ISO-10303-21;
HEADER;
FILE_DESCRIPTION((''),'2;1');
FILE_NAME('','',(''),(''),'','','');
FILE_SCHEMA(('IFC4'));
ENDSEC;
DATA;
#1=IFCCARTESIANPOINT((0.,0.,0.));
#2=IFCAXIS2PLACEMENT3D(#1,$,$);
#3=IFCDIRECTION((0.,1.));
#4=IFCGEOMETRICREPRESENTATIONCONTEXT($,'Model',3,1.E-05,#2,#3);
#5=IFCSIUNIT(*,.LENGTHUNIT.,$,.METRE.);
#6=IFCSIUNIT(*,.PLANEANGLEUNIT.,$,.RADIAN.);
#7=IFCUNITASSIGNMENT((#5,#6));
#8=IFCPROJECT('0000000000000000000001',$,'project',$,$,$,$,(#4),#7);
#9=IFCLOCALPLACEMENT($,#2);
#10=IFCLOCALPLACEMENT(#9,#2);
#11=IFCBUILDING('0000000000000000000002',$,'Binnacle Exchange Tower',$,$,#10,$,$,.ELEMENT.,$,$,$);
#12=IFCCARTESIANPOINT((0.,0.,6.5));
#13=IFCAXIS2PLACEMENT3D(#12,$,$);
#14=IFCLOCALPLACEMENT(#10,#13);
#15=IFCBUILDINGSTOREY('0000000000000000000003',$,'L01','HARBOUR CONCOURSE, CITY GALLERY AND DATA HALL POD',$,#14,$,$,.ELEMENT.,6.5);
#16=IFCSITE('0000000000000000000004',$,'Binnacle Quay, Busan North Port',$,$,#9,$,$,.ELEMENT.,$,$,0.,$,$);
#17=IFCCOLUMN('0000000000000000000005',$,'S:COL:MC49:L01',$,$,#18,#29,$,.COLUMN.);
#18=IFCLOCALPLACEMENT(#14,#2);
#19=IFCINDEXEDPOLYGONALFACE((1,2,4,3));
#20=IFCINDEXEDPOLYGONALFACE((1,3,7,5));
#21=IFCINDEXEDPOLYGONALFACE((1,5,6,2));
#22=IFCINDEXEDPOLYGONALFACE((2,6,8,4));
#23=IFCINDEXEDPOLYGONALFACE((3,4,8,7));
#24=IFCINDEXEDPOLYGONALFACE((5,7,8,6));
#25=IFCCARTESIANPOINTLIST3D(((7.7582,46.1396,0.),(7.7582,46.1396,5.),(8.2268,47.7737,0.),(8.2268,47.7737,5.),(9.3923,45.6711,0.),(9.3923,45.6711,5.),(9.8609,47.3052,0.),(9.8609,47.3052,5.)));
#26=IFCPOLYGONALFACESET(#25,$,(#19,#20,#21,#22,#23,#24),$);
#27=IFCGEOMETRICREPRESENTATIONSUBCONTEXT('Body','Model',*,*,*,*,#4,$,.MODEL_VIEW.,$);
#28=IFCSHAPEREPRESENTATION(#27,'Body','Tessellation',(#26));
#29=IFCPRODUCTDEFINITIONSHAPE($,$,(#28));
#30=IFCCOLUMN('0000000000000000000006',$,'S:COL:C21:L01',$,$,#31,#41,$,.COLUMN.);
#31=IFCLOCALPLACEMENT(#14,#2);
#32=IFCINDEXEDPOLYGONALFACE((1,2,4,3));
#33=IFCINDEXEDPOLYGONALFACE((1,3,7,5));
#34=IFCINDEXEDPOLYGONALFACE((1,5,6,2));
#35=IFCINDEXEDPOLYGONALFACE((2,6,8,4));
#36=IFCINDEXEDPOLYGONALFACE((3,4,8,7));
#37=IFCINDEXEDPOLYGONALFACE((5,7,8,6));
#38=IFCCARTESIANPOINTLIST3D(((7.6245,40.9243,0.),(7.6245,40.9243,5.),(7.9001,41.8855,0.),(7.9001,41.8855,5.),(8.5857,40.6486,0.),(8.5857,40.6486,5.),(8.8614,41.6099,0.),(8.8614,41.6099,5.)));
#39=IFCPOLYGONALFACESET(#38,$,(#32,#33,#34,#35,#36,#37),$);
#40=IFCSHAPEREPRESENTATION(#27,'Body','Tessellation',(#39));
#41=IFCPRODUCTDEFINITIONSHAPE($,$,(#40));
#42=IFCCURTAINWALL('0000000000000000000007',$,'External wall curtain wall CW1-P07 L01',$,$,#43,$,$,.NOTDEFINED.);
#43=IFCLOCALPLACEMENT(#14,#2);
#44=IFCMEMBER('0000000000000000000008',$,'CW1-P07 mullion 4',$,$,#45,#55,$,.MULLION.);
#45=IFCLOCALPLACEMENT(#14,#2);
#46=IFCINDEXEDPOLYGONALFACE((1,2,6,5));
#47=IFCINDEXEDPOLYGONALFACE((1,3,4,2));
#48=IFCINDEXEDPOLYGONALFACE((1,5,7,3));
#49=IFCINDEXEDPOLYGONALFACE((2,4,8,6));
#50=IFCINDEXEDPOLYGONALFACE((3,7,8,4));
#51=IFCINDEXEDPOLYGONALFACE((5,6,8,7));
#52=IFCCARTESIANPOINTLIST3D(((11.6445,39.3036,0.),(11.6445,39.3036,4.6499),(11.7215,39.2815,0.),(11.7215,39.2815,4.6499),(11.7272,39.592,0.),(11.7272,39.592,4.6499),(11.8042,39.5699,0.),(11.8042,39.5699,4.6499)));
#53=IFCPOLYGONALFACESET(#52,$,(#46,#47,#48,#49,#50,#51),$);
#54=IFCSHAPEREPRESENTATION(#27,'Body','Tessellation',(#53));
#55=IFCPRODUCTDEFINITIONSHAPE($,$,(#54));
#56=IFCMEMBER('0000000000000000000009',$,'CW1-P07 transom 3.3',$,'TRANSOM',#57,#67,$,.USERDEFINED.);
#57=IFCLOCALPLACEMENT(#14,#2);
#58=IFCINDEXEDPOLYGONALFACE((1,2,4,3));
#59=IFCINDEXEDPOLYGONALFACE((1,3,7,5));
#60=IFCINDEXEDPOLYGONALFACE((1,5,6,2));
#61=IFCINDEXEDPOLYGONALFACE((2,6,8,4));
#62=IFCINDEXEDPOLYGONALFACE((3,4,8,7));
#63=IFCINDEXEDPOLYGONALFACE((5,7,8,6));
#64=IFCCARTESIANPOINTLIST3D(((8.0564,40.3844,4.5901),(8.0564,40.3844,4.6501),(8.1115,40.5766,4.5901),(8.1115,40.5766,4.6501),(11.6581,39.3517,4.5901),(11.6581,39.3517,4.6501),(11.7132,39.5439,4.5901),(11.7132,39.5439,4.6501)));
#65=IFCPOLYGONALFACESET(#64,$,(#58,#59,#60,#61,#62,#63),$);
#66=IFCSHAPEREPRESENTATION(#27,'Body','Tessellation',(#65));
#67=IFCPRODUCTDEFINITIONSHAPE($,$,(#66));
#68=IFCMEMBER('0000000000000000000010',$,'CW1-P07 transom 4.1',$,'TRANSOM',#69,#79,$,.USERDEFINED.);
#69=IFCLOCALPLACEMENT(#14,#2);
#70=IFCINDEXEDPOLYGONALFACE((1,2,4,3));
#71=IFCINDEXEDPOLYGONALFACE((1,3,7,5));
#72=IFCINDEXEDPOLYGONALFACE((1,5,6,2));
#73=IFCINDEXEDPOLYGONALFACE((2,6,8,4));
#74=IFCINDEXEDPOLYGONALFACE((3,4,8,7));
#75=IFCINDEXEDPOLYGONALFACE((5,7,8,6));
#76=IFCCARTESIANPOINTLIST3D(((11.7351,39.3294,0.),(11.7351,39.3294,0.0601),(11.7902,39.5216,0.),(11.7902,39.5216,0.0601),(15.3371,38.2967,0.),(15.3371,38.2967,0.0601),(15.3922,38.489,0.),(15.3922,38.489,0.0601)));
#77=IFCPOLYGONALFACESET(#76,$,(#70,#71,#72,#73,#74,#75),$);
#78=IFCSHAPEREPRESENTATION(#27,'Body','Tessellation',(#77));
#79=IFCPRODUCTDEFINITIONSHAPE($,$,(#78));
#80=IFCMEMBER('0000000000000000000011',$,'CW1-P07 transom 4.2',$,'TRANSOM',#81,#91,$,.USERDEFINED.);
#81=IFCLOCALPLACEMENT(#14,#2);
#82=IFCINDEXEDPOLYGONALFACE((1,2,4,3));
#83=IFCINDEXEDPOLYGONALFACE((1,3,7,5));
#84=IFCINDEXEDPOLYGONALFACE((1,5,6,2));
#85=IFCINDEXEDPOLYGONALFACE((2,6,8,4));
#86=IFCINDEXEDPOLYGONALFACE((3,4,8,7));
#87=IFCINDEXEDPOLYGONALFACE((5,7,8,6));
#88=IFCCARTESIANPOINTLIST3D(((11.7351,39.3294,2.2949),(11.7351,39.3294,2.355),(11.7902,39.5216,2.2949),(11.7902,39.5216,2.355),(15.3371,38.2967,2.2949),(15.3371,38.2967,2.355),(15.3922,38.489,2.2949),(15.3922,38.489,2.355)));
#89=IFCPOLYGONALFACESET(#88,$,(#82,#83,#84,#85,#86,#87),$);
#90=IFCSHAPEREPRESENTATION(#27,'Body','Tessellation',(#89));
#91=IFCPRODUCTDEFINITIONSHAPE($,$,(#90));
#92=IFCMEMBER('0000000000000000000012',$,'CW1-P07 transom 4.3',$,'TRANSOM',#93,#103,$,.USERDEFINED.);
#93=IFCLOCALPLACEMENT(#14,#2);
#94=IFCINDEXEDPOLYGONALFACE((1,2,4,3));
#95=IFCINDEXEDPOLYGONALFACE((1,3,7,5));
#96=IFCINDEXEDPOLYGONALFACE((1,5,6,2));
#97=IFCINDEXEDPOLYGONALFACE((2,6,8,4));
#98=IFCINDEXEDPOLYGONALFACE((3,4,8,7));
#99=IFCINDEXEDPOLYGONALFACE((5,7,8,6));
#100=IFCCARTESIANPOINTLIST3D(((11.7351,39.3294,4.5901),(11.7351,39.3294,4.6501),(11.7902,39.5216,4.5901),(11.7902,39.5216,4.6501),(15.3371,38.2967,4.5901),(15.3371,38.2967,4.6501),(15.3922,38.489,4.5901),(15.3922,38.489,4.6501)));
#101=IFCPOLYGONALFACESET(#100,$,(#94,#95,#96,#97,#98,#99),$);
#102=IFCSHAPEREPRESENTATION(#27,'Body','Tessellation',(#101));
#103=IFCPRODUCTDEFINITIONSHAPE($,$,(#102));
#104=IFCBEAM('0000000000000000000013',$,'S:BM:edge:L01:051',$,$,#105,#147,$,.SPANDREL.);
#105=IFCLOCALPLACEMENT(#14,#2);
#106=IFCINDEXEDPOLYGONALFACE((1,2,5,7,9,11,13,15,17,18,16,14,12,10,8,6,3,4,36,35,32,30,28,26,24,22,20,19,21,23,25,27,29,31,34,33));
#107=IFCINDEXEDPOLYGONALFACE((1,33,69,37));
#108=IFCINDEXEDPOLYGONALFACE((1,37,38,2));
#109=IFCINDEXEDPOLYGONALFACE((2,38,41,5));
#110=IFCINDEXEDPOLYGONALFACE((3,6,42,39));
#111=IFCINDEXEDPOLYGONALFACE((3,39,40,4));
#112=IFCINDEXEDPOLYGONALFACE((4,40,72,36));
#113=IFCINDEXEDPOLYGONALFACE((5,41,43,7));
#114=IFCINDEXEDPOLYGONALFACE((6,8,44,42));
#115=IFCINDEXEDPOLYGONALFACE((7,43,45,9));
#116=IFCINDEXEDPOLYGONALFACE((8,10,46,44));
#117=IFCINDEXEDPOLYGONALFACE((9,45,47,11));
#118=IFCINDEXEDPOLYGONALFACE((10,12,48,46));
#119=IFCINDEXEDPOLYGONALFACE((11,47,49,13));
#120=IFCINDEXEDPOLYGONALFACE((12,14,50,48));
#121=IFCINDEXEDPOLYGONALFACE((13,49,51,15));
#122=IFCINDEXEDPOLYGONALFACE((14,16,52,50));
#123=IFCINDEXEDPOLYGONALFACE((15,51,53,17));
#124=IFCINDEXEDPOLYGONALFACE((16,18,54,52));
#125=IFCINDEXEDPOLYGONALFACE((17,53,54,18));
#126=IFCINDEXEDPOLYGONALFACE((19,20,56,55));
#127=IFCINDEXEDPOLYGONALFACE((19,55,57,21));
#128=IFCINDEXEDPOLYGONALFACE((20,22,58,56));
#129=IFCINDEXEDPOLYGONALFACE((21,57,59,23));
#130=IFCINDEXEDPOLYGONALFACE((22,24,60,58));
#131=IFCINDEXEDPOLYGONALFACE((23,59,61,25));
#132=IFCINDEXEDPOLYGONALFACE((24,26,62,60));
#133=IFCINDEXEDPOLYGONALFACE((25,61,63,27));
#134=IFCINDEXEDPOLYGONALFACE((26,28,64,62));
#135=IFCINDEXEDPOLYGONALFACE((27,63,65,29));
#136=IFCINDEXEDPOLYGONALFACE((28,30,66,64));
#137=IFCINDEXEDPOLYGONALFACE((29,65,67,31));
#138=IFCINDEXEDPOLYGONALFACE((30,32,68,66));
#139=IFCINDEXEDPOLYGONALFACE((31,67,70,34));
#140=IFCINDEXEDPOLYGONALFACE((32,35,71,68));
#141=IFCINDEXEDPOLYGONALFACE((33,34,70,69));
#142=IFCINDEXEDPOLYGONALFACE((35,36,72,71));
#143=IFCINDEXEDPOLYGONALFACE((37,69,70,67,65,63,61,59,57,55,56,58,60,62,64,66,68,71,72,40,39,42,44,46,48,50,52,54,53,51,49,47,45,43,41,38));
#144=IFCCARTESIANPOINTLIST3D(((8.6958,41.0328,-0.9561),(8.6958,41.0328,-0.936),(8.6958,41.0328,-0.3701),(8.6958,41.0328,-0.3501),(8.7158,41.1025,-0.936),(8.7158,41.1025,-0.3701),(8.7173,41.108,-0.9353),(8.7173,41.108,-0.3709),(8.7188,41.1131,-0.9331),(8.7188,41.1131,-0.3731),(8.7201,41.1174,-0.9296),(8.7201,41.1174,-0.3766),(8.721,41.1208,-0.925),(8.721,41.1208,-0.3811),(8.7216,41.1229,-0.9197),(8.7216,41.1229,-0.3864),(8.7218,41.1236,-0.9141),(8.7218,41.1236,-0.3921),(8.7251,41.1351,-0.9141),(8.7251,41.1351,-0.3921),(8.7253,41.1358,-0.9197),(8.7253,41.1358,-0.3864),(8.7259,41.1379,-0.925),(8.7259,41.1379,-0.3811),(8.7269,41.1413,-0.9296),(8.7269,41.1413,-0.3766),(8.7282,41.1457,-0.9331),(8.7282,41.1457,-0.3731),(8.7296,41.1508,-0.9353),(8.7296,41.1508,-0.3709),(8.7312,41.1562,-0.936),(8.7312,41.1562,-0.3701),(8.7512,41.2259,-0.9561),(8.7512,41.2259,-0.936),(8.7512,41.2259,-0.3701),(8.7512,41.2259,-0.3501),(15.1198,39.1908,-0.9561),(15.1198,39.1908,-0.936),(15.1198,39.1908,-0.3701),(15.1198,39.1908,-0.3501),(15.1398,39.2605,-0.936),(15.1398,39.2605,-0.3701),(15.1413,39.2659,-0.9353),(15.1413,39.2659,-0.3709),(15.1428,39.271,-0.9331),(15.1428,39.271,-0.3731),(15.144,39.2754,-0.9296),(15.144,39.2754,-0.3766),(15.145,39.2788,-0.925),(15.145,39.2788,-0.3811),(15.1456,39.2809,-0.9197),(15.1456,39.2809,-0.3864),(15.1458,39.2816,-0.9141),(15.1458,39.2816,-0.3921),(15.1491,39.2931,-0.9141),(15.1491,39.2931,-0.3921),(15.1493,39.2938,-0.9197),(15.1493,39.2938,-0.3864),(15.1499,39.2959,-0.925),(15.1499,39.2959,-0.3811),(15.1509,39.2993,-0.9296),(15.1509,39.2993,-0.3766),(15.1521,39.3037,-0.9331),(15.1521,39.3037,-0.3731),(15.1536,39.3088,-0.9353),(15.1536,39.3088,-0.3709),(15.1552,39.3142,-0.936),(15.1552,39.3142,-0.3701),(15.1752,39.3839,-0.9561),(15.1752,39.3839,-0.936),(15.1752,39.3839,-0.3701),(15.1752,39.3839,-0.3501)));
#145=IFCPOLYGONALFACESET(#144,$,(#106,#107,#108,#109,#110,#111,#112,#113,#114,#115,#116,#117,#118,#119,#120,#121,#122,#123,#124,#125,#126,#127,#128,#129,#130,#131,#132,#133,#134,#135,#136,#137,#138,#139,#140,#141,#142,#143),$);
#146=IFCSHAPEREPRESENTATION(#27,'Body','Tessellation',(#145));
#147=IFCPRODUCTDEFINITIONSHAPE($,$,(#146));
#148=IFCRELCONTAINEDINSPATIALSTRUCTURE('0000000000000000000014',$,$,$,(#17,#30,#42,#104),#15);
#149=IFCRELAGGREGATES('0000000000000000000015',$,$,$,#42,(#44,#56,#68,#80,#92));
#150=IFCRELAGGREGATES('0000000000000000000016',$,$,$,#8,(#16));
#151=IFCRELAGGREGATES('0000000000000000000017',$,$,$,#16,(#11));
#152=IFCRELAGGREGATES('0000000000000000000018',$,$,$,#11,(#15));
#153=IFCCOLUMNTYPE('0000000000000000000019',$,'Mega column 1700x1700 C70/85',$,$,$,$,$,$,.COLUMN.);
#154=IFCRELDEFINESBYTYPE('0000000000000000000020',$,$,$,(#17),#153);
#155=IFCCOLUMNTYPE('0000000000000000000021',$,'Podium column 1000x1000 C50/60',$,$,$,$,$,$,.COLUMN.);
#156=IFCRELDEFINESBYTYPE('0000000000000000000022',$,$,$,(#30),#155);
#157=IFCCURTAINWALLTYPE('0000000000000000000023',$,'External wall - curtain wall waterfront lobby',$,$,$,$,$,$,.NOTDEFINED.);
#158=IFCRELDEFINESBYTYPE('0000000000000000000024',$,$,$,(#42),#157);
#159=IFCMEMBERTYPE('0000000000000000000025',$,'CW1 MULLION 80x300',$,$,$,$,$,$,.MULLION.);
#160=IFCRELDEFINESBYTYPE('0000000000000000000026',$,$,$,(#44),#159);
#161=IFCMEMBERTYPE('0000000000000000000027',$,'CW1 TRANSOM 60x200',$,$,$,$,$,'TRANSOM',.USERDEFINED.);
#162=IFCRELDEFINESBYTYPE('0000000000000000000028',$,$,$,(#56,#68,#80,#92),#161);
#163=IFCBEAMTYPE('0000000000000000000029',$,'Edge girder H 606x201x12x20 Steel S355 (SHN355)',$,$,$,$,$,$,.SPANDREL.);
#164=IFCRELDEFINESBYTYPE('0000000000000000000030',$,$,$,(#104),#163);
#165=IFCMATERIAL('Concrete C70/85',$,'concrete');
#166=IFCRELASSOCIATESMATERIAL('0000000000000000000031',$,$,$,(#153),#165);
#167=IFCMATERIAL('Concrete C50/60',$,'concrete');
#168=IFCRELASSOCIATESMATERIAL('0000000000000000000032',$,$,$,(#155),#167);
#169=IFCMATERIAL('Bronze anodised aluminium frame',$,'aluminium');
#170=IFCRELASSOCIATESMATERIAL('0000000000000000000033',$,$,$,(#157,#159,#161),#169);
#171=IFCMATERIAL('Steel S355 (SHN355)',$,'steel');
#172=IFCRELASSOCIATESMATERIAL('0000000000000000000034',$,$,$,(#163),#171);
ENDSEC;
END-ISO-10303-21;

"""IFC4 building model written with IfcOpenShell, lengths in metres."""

from ifc_helpers import new_model, si_unit, direction, frame, origin, origin_2d, place, context, subcontext, project, spatial, rectangle, i_section, extrude, material, material_profile, profile_set, type_object, element, aggregate, save


model = new_model("IFC4")

# Units and contexts
model_context = context("Model", 3, precision=1e-05, world=origin(), true_north=direction((0.0, 1.0)))
body_context = subcontext(model_context, "Body", "Model", "MODEL_VIEW")
ifc_project = project(units=[si_unit("LENGTHUNIT", "METRE"), si_unit("PLANEANGLEUNIT", "RADIAN")], contexts=[model_context])

# Site, building, storey
site_placement = place(None, origin())
site = spatial("IfcSite", under=ifc_project, at=site_placement, Name="Binnacle Quay, Busan North Port", CompositionType="ELEMENT", RefElevation=0.0)
building_placement = place(site_placement, origin())
building = spatial("IfcBuilding", under=site, at=building_placement, Name="Binnacle Exchange Tower", CompositionType="ELEMENT")
storey_placement = place(building_placement, frame((0.0, 0.0, 6.5)))
storey = spatial("IfcBuildingStorey", under=building, at=storey_placement, Name="L01", Description="HARBOUR CONCOURSE, CITY GALLERY AND DATA HALL POD", CompositionType="ELEMENT", Elevation=6.5)

# Columns
ifc_material_1 = material(Name="Concrete C70/85", Category="concrete")
ifc_material_profile_1 = material_profile(ifc_material_1, rectangle(XDim=1.7, YDim=1.7, at=origin_2d()), Name="Mega column 1700x1700 C70/85")
ifc_profile_set_1 = profile_set([ifc_material_profile_1], Name="Concrete C70/85")
column_type_1 = type_object("IfcColumnType", Name="Mega column 1700x1700 C70/85", PredefinedType="COLUMN", material=ifc_profile_set_1)
column_1_placement = place(storey_placement, frame((8.8096, 46.7224, 0.0), z_axis=(0.0, 0.0, 1.0), x_axis=(0.961262, -0.275637, 0.0)))
element("IfcColumn", 1, at=column_1_placement, inside=storey, type_object=column_type_1, Name="S:COL:MC49:L01", PredefinedType="COLUMN", context=body_context, shape_type="SweptSolid", body=[
    extrude(rectangle(XDim=1.7, YDim=1.7, at=origin_2d()), origin(), (0.0, 0.0, 1.0), 5.0),
])
ifc_material_2 = material(Name="Concrete C50/60", Category="concrete")
ifc_material_profile_2 = material_profile(ifc_material_2, rectangle(XDim=1.0, YDim=1.0, at=origin_2d()), Name="Podium column 1000x1000 C50/60")
ifc_profile_set_2 = profile_set([ifc_material_profile_2], Name="Concrete C50/60")
column_type_2 = type_object("IfcColumnType", Name="Podium column 1000x1000 C50/60", PredefinedType="COLUMN", material=ifc_profile_set_2)
column_2_placement = place(storey_placement, frame((8.2429, 41.2671, 0.0), z_axis=(0.0, 0.0, 1.0), x_axis=(0.961262, -0.275637, 0.0)))
element("IfcColumn", 2, at=column_2_placement, inside=storey, type_object=column_type_2, Name="S:COL:C21:L01", PredefinedType="COLUMN", context=body_context, shape_type="SweptSolid", body=[
    extrude(rectangle(XDim=1.0, YDim=1.0, at=origin_2d()), origin(), (0.0, 0.0, 1.0), 5.0),
])

# Curtain wall, members
ifc_material_3 = material(Name="Bronze anodised aluminium frame", Category="aluminium")
curtain_wall_type = type_object("IfcCurtainWallType", Name="External wall - curtain wall waterfront lobby", PredefinedType="NOTDEFINED", material=ifc_material_3)
curtain_wall_placement = place(storey_placement, origin())
curtain_wall = element("IfcCurtainWall", 3, at=curtain_wall_placement, inside=storey, type_object=curtain_wall_type, Name="External wall curtain wall CW1-P07 L01", PredefinedType="NOTDEFINED")
ifc_material_profile_3 = material_profile(ifc_material_3, rectangle(XDim=0.3, YDim=0.0801, at=origin_2d()), Name="AL 80x300")
ifc_profile_set_3 = profile_set([ifc_material_profile_3], Name="Bronze anodised aluminium frame")
member_type_1 = type_object("IfcMemberType", Name="CW1 MULLION 80x300", PredefinedType="MULLION", material=ifc_profile_set_3)
member_1_placement = place(storey_placement, frame((11.7244, 39.4368, 0.0), z_axis=(0.0, 0.0, 1.0), x_axis=(0.275637, 0.961262, 0.0)))
member_1 = element("IfcMember", 4, at=member_1_placement, type_object=member_type_1, Name="CW1-P07 mullion 4", PredefinedType="MULLION", context=body_context, shape_type="SweptSolid", body=[
    extrude(rectangle(XDim=0.3, YDim=0.0801, at=origin_2d()), origin(), (0.0, 0.0, 1.0), 4.6499),
])
ifc_material_profile_4 = material_profile(ifc_material_3, rectangle(XDim=0.2, YDim=0.0601, at=origin_2d()), Name="AL 200x60")
ifc_profile_set_4 = profile_set([ifc_material_profile_4], Name="Bronze anodised aluminium frame")
member_type_2 = type_object("IfcMemberType", Name="CW1 TRANSOM 60x200", ElementType="TRANSOM", PredefinedType="USERDEFINED", material=ifc_profile_set_4)
member_2_placement = place(storey_placement, frame((8.084, 40.4805, 4.6201), z_axis=(0.961268, -0.275616, 0.0), x_axis=(0.275616, 0.961268, 0.0)))
member_2 = element("IfcMember", 5, at=member_2_placement, type_object=member_type_2, Name="CW1-P07 transom 3.3", ObjectType="TRANSOM", PredefinedType="USERDEFINED", context=body_context, shape_type="SweptSolid", body=[
    extrude(rectangle(XDim=0.2, YDim=0.0601, at=origin_2d()), origin(), (0.0, 0.0, 1.0), 3.7468),
])
member_3_placement = place(storey_placement, frame((11.7627, 39.4255, 0.03), z_axis=(0.961273, -0.275599, 0.0), x_axis=(0.275599, 0.961273, 0.0)))
member_3 = element("IfcMember", 6, at=member_3_placement, type_object=member_type_2, Name="CW1-P07 transom 4.1", ObjectType="TRANSOM", PredefinedType="USERDEFINED", context=body_context, shape_type="SweptSolid", body=[
    extrude(rectangle(XDim=0.2, YDim=0.0601, at=origin_2d()), origin(), (0.0, 0.0, 1.0), 3.7471),
])
member_4_placement = place(storey_placement, frame((11.7627, 39.4255, 2.325), z_axis=(0.961273, -0.275599, 0.0), x_axis=(0.275599, 0.961273, 0.0)))
member_4 = element("IfcMember", 7, at=member_4_placement, type_object=member_type_2, Name="CW1-P07 transom 4.2", ObjectType="TRANSOM", PredefinedType="USERDEFINED", context=body_context, shape_type="SweptSolid", body=[
    extrude(rectangle(XDim=0.2, YDim=0.0601, at=origin_2d()), origin(), (0.0, 0.0, 1.0), 3.7471),
])
member_5_placement = place(storey_placement, frame((11.7627, 39.4255, 4.6201), z_axis=(0.961273, -0.275599, 0.0), x_axis=(0.275599, 0.961273, 0.0)))
member_5 = element("IfcMember", 8, at=member_5_placement, type_object=member_type_2, Name="CW1-P07 transom 4.3", ObjectType="TRANSOM", PredefinedType="USERDEFINED", context=body_context, shape_type="SweptSolid", body=[
    extrude(rectangle(XDim=0.2, YDim=0.0601, at=origin_2d()), origin(), (0.0, 0.0, 1.0), 3.7471),
])

# Beam
ifc_material_4 = material(Name="Steel S355 (SHN355)", Category="steel")
ifc_material_profile_5 = material_profile(ifc_material_4, i_section(OverallWidth=0.2009, OverallDepth=0.606, WebThickness=0.012, FlangeThickness=0.02, FilletRadius=0.022, at=origin_2d()), Name="H 606x201x12x20")
ifc_profile_set_5 = profile_set([ifc_material_profile_5], Name="Steel S355 (SHN355)")
beam_type_1 = type_object("IfcBeamType", Name="Edge girder H 606x201x12x20 Steel S355 (SHN355)", PredefinedType="SPANDREL", material=ifc_profile_set_5)
beam_1_placement = place(storey_placement, frame((15.1475, 39.2874, -0.6531), z_axis=(-0.961263, 0.275633, 0.0), x_axis=(-0.275633, -0.961263, 0.0)))
element("IfcBeam", 9, at=beam_1_placement, inside=storey, type_object=beam_type_1, Name="S:BM:edge:L01:051", PredefinedType="SPANDREL", context=body_context, shape_type="SweptSolid", body=[
    extrude(i_section(OverallWidth=0.2009, OverallDepth=0.606, WebThickness=0.012, FlangeThickness=0.02, FilletRadius=0.022, at=origin_2d()), origin(), (0.0, 0.0, 1.0), 6.6829),
])

aggregate(curtain_wall, [member_1, member_2, member_3, member_4, member_5])

save(model, "model.ifc")
